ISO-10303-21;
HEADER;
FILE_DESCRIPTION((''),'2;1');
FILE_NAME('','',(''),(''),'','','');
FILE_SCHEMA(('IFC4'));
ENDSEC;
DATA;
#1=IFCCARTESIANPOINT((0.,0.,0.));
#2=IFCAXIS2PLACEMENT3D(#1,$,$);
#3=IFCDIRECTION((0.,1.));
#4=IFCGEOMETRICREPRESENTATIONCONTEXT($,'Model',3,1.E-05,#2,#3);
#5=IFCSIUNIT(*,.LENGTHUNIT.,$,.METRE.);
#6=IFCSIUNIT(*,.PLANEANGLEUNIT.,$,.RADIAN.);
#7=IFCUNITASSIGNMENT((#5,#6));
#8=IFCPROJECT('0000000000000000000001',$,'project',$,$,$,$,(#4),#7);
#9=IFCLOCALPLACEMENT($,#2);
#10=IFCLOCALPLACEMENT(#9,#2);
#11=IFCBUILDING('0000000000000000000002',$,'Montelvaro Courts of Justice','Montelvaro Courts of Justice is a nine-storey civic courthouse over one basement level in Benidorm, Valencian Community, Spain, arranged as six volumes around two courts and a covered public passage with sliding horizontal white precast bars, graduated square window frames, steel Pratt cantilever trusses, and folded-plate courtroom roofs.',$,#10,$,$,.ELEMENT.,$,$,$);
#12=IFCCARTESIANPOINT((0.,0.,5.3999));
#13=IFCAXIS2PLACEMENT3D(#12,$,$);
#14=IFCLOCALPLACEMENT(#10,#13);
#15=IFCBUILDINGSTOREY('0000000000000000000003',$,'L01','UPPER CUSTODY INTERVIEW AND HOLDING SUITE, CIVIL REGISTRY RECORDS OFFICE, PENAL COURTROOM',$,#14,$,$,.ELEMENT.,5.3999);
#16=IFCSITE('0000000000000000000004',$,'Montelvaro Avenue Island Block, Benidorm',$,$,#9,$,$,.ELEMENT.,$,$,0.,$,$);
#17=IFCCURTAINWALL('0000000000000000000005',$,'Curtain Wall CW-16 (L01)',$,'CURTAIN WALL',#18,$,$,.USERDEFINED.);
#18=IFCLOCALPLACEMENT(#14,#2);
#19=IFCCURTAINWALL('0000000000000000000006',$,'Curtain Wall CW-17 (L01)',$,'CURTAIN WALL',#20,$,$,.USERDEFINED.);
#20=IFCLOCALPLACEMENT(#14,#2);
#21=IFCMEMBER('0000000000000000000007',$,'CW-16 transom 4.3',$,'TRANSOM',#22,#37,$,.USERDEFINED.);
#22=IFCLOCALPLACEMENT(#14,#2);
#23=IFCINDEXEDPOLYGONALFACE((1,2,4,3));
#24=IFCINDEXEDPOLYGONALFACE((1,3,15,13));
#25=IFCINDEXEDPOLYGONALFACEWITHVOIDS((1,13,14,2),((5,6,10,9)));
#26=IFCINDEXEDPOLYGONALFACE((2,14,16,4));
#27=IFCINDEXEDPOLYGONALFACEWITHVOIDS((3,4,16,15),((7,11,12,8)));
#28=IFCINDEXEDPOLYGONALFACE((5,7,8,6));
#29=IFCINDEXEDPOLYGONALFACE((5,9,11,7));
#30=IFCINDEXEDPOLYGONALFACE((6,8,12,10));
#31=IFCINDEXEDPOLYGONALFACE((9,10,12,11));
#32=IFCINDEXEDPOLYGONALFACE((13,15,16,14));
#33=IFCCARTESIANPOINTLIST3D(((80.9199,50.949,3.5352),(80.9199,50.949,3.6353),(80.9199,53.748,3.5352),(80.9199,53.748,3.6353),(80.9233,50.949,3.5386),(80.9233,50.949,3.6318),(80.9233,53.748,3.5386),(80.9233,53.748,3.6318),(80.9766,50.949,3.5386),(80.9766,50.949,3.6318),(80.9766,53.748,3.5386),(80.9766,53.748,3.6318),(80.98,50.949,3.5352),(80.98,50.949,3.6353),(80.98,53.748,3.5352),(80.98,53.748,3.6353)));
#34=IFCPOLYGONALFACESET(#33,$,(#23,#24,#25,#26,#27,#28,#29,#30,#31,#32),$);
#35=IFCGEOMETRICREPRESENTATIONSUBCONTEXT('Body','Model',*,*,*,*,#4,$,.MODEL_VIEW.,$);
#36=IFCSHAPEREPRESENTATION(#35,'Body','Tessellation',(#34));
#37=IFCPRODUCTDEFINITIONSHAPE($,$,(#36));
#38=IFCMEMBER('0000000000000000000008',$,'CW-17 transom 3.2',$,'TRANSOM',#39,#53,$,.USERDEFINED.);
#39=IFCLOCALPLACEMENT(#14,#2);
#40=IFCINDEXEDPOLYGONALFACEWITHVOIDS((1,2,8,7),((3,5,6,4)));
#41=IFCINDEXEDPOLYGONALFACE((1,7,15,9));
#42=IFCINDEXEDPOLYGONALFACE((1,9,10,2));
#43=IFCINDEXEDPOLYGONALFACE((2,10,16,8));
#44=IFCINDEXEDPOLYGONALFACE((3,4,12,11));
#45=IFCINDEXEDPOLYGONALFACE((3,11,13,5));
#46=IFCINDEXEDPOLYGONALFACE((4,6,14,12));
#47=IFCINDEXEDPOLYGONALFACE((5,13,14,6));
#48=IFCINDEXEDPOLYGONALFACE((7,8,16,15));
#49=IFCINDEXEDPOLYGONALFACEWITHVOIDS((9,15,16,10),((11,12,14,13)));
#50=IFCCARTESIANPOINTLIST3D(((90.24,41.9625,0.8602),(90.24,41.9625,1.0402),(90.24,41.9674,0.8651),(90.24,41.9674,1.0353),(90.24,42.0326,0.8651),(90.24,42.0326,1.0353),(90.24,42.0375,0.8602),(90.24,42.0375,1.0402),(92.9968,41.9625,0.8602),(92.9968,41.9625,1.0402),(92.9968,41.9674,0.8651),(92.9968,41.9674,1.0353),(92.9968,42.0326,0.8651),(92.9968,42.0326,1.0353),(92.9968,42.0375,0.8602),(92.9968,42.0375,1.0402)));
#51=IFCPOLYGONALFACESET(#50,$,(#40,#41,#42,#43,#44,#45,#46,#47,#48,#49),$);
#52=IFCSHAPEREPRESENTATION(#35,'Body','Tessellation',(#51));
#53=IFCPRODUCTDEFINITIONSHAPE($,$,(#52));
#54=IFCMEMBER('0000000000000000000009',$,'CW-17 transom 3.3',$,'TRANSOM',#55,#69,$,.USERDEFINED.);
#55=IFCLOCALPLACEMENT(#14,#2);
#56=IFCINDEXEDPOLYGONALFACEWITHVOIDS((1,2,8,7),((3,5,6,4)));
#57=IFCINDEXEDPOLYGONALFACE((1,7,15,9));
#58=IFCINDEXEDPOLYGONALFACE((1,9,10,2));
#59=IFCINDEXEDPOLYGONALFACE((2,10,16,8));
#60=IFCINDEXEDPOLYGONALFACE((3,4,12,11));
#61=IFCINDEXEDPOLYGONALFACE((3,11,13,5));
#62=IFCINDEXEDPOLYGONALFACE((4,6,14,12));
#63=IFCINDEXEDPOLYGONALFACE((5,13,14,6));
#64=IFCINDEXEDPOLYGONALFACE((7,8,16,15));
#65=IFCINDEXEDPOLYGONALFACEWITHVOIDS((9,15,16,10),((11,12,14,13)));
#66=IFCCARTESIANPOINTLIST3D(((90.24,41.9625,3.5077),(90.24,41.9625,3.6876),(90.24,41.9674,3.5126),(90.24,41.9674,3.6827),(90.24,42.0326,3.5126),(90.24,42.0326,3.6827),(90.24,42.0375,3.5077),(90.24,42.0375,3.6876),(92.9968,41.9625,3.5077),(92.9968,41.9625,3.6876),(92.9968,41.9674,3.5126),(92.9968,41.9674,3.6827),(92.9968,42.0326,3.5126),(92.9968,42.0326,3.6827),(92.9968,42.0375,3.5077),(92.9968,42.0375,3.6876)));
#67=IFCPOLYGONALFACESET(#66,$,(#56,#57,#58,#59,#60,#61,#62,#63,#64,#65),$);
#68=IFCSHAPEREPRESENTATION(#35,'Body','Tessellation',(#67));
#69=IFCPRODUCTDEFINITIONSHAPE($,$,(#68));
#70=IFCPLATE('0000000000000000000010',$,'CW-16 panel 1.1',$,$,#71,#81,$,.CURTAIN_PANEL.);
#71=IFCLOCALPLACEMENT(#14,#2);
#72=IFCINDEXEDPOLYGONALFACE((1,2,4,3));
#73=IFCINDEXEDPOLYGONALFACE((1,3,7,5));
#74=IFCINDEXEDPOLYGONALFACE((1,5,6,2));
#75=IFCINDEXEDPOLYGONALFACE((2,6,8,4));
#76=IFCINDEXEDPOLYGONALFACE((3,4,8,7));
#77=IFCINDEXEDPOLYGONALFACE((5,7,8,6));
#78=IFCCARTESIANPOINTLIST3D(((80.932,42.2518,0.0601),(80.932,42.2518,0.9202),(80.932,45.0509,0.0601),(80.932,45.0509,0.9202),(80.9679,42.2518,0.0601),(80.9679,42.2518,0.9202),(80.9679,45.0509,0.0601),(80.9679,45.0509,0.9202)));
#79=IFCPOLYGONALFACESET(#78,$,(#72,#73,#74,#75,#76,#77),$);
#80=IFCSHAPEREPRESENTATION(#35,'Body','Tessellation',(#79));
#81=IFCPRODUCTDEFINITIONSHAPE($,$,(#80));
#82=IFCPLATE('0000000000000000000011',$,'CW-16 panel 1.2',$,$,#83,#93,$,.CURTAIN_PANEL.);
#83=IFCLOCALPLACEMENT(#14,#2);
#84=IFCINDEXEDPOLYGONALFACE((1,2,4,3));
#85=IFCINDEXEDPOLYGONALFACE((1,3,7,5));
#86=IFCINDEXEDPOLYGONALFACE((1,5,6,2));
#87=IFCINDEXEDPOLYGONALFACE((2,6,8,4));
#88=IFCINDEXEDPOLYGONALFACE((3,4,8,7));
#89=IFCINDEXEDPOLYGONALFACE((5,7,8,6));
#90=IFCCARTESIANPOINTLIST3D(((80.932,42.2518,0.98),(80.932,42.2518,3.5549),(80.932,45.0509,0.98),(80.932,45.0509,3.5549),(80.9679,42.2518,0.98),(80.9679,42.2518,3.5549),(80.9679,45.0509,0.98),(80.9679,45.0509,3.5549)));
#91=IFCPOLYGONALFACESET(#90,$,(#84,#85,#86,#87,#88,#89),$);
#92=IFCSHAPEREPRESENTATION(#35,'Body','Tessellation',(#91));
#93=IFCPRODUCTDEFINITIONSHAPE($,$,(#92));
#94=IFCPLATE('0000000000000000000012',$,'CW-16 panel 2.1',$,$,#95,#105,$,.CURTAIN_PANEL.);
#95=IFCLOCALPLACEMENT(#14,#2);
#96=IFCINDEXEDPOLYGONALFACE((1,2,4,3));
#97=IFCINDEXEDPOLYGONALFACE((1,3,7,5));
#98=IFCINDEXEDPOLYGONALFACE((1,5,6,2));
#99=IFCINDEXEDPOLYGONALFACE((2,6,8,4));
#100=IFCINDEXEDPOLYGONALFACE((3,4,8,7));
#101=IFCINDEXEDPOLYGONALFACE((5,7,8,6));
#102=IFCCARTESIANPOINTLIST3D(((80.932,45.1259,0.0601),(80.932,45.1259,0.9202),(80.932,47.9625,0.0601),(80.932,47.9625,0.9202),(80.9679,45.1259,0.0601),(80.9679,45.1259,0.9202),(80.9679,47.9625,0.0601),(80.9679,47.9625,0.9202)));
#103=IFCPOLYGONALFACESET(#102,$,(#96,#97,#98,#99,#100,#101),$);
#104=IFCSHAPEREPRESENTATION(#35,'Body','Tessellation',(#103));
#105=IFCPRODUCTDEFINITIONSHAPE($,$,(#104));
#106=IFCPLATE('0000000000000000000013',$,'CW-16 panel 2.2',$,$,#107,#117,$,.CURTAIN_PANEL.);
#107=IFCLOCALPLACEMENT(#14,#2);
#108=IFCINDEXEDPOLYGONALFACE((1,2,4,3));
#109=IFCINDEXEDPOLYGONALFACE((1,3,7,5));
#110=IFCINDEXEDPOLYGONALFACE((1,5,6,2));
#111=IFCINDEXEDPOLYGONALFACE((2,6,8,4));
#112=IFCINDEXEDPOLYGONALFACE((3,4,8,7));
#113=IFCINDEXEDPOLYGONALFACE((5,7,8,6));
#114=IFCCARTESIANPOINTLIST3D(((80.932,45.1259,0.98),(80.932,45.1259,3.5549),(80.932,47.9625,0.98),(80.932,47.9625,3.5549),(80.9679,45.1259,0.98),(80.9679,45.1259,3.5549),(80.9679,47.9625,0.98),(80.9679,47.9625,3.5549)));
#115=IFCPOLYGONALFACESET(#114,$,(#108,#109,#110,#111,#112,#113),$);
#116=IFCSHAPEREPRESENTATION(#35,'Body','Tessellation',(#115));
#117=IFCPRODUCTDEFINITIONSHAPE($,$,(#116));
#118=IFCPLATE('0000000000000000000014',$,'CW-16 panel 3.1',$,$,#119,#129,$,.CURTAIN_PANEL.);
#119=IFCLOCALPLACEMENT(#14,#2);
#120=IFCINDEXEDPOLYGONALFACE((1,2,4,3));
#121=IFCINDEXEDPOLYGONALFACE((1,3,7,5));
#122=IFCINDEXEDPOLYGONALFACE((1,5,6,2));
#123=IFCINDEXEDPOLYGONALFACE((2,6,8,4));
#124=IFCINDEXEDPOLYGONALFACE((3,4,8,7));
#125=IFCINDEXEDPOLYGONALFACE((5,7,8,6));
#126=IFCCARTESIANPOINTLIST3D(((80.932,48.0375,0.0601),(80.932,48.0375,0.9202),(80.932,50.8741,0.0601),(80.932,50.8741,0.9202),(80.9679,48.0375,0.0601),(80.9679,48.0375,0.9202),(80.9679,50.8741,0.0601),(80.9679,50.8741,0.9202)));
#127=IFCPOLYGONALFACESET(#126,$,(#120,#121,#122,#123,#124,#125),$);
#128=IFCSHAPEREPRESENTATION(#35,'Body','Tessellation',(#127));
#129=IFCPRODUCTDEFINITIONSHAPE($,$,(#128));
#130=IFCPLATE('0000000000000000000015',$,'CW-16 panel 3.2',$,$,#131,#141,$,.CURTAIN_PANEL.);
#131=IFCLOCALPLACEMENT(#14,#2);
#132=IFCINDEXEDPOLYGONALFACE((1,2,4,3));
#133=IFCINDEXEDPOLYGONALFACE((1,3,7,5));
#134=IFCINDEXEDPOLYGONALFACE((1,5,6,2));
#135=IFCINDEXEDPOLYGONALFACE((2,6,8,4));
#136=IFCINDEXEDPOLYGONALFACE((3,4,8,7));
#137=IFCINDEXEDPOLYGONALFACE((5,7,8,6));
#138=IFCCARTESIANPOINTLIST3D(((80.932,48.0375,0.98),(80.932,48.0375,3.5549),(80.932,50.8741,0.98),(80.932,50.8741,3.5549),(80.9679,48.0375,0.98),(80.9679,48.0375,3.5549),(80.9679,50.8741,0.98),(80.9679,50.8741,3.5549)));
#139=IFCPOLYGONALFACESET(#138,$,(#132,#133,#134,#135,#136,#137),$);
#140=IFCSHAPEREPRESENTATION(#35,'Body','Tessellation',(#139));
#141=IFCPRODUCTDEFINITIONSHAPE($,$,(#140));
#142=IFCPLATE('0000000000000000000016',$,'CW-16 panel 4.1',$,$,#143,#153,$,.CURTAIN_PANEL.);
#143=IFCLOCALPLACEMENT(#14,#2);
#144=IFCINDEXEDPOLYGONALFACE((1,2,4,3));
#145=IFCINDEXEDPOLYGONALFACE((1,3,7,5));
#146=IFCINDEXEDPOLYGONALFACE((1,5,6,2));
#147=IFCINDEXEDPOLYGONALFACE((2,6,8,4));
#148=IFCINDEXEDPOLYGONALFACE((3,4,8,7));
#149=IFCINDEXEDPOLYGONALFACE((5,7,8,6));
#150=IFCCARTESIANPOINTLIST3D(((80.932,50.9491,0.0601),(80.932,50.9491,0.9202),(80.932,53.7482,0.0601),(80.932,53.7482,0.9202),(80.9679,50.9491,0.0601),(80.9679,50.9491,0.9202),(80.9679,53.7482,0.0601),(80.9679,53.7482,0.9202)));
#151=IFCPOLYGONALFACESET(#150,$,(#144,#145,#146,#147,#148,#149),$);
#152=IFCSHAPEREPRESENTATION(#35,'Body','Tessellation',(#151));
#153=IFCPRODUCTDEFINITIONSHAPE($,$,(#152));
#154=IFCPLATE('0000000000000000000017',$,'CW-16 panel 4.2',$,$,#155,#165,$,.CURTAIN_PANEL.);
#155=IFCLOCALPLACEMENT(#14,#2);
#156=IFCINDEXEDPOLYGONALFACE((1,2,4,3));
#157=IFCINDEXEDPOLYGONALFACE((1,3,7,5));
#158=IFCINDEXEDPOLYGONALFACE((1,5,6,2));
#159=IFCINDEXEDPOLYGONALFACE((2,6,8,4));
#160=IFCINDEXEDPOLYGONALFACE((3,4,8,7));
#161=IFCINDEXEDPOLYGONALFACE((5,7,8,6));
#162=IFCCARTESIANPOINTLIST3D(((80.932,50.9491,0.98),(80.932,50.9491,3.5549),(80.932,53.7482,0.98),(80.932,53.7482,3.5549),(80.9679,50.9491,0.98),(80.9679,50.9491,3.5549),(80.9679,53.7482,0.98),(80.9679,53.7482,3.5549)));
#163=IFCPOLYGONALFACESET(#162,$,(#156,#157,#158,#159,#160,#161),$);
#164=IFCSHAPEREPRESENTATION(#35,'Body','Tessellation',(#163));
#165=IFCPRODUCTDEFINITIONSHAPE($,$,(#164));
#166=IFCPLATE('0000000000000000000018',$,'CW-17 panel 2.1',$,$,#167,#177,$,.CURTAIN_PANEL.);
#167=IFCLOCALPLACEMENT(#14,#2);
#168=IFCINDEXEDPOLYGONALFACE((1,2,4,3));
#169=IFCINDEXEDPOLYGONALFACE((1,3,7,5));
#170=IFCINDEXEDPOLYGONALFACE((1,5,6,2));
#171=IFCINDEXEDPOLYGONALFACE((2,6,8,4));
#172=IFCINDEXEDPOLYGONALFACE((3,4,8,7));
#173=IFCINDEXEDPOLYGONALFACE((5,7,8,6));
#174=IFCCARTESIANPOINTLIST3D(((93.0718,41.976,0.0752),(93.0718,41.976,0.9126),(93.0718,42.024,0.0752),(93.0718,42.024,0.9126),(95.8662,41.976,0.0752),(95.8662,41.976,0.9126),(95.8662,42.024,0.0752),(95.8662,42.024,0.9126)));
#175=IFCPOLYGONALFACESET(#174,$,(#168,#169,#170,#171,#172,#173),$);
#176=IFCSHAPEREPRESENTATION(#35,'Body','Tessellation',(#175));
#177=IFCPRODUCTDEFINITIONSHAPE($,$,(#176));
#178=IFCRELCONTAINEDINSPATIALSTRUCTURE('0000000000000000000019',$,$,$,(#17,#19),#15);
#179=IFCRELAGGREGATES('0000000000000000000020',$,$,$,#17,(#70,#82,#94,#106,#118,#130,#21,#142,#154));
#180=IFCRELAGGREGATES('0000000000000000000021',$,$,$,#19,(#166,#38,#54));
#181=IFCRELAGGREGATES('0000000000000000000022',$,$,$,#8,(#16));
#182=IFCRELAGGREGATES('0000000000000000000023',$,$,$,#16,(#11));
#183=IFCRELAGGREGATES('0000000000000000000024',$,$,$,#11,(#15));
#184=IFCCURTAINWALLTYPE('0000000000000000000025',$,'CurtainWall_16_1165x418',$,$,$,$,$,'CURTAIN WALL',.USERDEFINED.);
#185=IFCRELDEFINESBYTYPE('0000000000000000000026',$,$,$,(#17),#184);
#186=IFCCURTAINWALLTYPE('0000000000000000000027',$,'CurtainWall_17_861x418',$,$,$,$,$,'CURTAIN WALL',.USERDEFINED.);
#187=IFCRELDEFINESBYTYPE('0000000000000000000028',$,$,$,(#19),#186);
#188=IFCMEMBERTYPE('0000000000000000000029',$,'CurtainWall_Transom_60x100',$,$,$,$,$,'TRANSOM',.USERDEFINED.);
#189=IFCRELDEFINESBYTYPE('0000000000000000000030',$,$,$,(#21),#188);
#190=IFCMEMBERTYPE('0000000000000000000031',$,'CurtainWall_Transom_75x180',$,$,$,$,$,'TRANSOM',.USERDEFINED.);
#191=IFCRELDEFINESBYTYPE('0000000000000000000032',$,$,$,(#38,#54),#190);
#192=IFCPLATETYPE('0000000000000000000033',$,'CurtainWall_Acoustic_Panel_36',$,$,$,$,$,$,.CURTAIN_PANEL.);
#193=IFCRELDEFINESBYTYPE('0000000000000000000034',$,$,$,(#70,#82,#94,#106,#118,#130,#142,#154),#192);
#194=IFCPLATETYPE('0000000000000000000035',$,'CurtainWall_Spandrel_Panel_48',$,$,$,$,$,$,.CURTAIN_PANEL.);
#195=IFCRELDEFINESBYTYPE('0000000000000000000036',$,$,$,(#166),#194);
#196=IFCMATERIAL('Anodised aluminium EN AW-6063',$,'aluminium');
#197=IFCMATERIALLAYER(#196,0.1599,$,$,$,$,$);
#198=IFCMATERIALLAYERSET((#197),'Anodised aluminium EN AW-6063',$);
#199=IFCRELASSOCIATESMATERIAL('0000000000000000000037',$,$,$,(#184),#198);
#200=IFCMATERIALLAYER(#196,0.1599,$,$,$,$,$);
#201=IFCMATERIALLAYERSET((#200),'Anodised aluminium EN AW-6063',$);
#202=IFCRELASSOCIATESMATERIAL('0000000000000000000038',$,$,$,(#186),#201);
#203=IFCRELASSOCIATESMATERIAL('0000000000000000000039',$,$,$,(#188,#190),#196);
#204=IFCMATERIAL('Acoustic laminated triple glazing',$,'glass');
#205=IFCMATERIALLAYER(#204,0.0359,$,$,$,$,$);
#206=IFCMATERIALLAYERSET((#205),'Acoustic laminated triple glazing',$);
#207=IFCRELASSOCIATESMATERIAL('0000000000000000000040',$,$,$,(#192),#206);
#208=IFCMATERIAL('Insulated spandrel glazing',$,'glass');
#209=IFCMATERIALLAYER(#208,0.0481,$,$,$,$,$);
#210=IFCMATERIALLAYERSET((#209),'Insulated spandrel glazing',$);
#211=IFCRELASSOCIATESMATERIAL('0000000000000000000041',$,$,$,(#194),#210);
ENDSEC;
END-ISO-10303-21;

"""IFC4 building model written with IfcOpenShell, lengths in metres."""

from ifc_helpers import new_model, si_unit, direction, frame, origin, origin_2d, place, context, subcontext, project, spatial, rectangle, hollow_rectangle, extrude, material, layer, layer_set, material_profile, profile_set, type_object, element, aggregate, save


model = new_model("IFC4")

# Units and contexts
model_context = context("Model", 3, precision=1e-05, world=origin(), true_north=direction((0.0, 1.0)))
body_context = subcontext(model_context, "Body", "Model", "MODEL_VIEW")
ifc_project = project(units=[si_unit("LENGTHUNIT", "METRE"), si_unit("PLANEANGLEUNIT", "RADIAN")], contexts=[model_context])

# Site, building, storey
site_placement = place(None, origin())
site = spatial("IfcSite", under=ifc_project, at=site_placement, Name="Montelvaro Avenue Island Block, Benidorm", CompositionType="ELEMENT", RefElevation=0.0)
building_placement = place(site_placement, origin())
building = spatial("IfcBuilding", under=site, at=building_placement, Name="Montelvaro Courts of Justice", Description="Montelvaro Courts of Justice is a nine-storey civic courthouse over one basement level in Benidorm, Valencian Community, Spain, arranged as six volumes around two courts and a covered public passage with sliding horizontal white precast bars, graduated square window frames, steel Pratt cantilever trusses, and folded-plate courtroom roofs.", CompositionType="ELEMENT")
storey_placement = place(building_placement, frame((0.0, 0.0, 5.3999)))
storey = spatial("IfcBuildingStorey", under=building, at=storey_placement, Name="L01", Description="UPPER CUSTODY INTERVIEW AND HOLDING SUITE, CIVIL REGISTRY RECORDS OFFICE, PENAL COURTROOM", CompositionType="ELEMENT", Elevation=5.3999)

# Curtain wall
ifc_material_1 = material(Name="Anodised aluminium EN AW-6063", Category="aluminium")
ifc_layer_1 = layer(ifc_material_1, 0.1599)
ifc_layer_set_1 = layer_set([ifc_layer_1], Name="Anodised aluminium EN AW-6063")
curtain_wall_type_1 = type_object("IfcCurtainWallType", Name="CurtainWall_16_1165x418", ElementType="CURTAIN WALL", PredefinedType="USERDEFINED", material=ifc_layer_set_1)
curtain_wall_1_placement = place(storey_placement, origin())
curtain_wall_1 = element("IfcCurtainWall", 1, at=curtain_wall_1_placement, inside=storey, type_object=curtain_wall_type_1, Name="Curtain Wall CW-16 (L01)", ObjectType="CURTAIN WALL", PredefinedType="USERDEFINED")

# Curtain wall
ifc_layer_2 = layer(ifc_material_1, 0.1599)
ifc_layer_set_2 = layer_set([ifc_layer_2], Name="Anodised aluminium EN AW-6063")
curtain_wall_type_2 = type_object("IfcCurtainWallType", Name="CurtainWall_17_861x418", ElementType="CURTAIN WALL", PredefinedType="USERDEFINED", material=ifc_layer_set_2)
curtain_wall_2_placement = place(storey_placement, origin())
curtain_wall_2 = element("IfcCurtainWall", 2, at=curtain_wall_2_placement, inside=storey, type_object=curtain_wall_type_2, Name="Curtain Wall CW-17 (L01)", ObjectType="CURTAIN WALL", PredefinedType="USERDEFINED")

# Members
ifc_material_profile_1 = material_profile(ifc_material_1, hollow_rectangle(XDim=0.0601, YDim=0.1001, WallThickness=0.0034, at=origin_2d()), Name="ALU-T 60x100")
ifc_profile_set_1 = profile_set([ifc_material_profile_1], Name="Anodised aluminium EN AW-6063")
member_type_1 = type_object("IfcMemberType", Name="CurtainWall_Transom_60x100", ElementType="TRANSOM", PredefinedType="USERDEFINED", material=ifc_profile_set_1)
member_1_placement = place(storey_placement, frame((80.95, 50.949, 3.5852), z_axis=(0.0, 1.0, 0.0), x_axis=(-1.0, 0.0, 0.0)))
member_1 = element("IfcMember", 3, at=member_1_placement, type_object=member_type_1, Name="CW-16 transom 4.3", ObjectType="TRANSOM", PredefinedType="USERDEFINED", context=body_context, shape_type="SweptSolid", body=[
    extrude(hollow_rectangle(XDim=0.0601, YDim=0.1001, WallThickness=0.0034, at=origin_2d()), origin(), (0.0, 0.0, 1.0), 2.7991),
])
ifc_material_profile_2 = material_profile(ifc_material_1, hollow_rectangle(XDim=0.075, YDim=0.1799, WallThickness=0.0049, at=origin_2d()), Name="ALU-T 75x180")
ifc_profile_set_2 = profile_set([ifc_material_profile_2], Name="Anodised aluminium EN AW-6063")
member_type_2 = type_object("IfcMemberType", Name="CurtainWall_Transom_75x180", ElementType="TRANSOM", PredefinedType="USERDEFINED", material=ifc_profile_set_2)
member_2_placement = place(storey_placement, frame((92.9968, 42.0, 0.9502), z_axis=(-1.0, 0.0, 0.0), x_axis=(0.0, -1.0, 0.0)))
member_2 = element("IfcMember", 4, at=member_2_placement, type_object=member_type_2, Name="CW-17 transom 3.2", ObjectType="TRANSOM", PredefinedType="USERDEFINED", context=body_context, shape_type="SweptSolid", body=[
    extrude(hollow_rectangle(XDim=0.075, YDim=0.1799, WallThickness=0.0049, at=origin_2d()), origin(), (0.0, 0.0, 1.0), 2.7568),
])
member_3_placement = place(storey_placement, frame((92.9968, 42.0, 3.5977), z_axis=(-1.0, 0.0, 0.0), x_axis=(0.0, -1.0, 0.0)))
member_3 = element("IfcMember", 5, at=member_3_placement, type_object=member_type_2, Name="CW-17 transom 3.3", ObjectType="TRANSOM", PredefinedType="USERDEFINED", context=body_context, shape_type="SweptSolid", body=[
    extrude(hollow_rectangle(XDim=0.075, YDim=0.1799, WallThickness=0.0049, at=origin_2d()), origin(), (0.0, 0.0, 1.0), 2.7568),
])

# Plates
ifc_material_2 = material(Name="Acoustic laminated triple glazing", Category="glass")
ifc_layer_3 = layer(ifc_material_2, 0.0359)
ifc_layer_set_3 = layer_set([ifc_layer_3], Name="Acoustic laminated triple glazing")
plate_type_1 = type_object("IfcPlateType", Name="CurtainWall_Acoustic_Panel_36", PredefinedType="CURTAIN_PANEL", material=ifc_layer_set_3)
plate_1_placement = place(storey_placement, frame((80.95, 43.6514, 0.0601), z_axis=(0.0, 0.0, 1.0), x_axis=(0.0, 1.0, 0.0)))
plate_1 = element("IfcPlate", 6, at=plate_1_placement, type_object=plate_type_1, Name="CW-16 panel 1.1", PredefinedType="CURTAIN_PANEL", context=body_context, shape_type="SweptSolid", body=[
    extrude(rectangle(XDim=2.7991, YDim=0.0359, at=origin_2d()), origin(), (0.0, 0.0, 1.0), 0.8601),
])
plate_2_placement = place(storey_placement, frame((80.95, 43.6514, 0.98), z_axis=(0.0, 0.0, 1.0), x_axis=(0.0, 1.0, 0.0)))
plate_2 = element("IfcPlate", 7, at=plate_2_placement, type_object=plate_type_1, Name="CW-16 panel 1.2", PredefinedType="CURTAIN_PANEL", context=body_context, shape_type="SweptSolid", body=[
    extrude(rectangle(XDim=2.7991, YDim=0.0359, at=origin_2d()), origin(), (0.0, 0.0, 1.0), 2.575),
])
plate_3_placement = place(storey_placement, frame((80.95, 46.5442, 0.0601), z_axis=(0.0, 0.0, 1.0), x_axis=(0.0, 1.0, 0.0)))
plate_3 = element("IfcPlate", 8, at=plate_3_placement, type_object=plate_type_1, Name="CW-16 panel 2.1", PredefinedType="CURTAIN_PANEL", context=body_context, shape_type="SweptSolid", body=[
    extrude(rectangle(XDim=2.8367, YDim=0.0359, at=origin_2d()), origin(), (0.0, 0.0, 1.0), 0.8601),
])
plate_4_placement = place(storey_placement, frame((80.95, 46.5442, 0.98), z_axis=(0.0, 0.0, 1.0), x_axis=(0.0, 1.0, 0.0)))
plate_4 = element("IfcPlate", 9, at=plate_4_placement, type_object=plate_type_1, Name="CW-16 panel 2.2", PredefinedType="CURTAIN_PANEL", context=body_context, shape_type="SweptSolid", body=[
    extrude(rectangle(XDim=2.8367, YDim=0.0359, at=origin_2d()), origin(), (0.0, 0.0, 1.0), 2.575),
])
plate_5_placement = place(storey_placement, frame((80.95, 49.4558, 0.0601), z_axis=(0.0, 0.0, 1.0), x_axis=(0.0, 1.0, 0.0)))
plate_5 = element("IfcPlate", 10, at=plate_5_placement, type_object=plate_type_1, Name="CW-16 panel 3.1", PredefinedType="CURTAIN_PANEL", context=body_context, shape_type="SweptSolid", body=[
    extrude(rectangle(XDim=2.8367, YDim=0.0359, at=origin_2d()), origin(), (0.0, 0.0, 1.0), 0.8601),
])
plate_6_placement = place(storey_placement, frame((80.95, 49.4558, 0.98), z_axis=(0.0, 0.0, 1.0), x_axis=(0.0, 1.0, 0.0)))
plate_6 = element("IfcPlate", 11, at=plate_6_placement, type_object=plate_type_1, Name="CW-16 panel 3.2", PredefinedType="CURTAIN_PANEL", context=body_context, shape_type="SweptSolid", body=[
    extrude(rectangle(XDim=2.8367, YDim=0.0359, at=origin_2d()), origin(), (0.0, 0.0, 1.0), 2.575),
])
plate_7_placement = place(storey_placement, frame((80.95, 52.3486, 0.0601), z_axis=(0.0, 0.0, 1.0), x_axis=(0.0, 1.0, 0.0)))
plate_7 = element("IfcPlate", 12, at=plate_7_placement, type_object=plate_type_1, Name="CW-16 panel 4.1", PredefinedType="CURTAIN_PANEL", context=body_context, shape_type="SweptSolid", body=[
    extrude(rectangle(XDim=2.7991, YDim=0.0359, at=origin_2d()), origin(), (0.0, 0.0, 1.0), 0.8601),
])
plate_8_placement = place(storey_placement, frame((80.95, 52.3486, 0.98), z_axis=(0.0, 0.0, 1.0), x_axis=(0.0, 1.0, 0.0)))
plate_8 = element("IfcPlate", 13, at=plate_8_placement, type_object=plate_type_1, Name="CW-16 panel 4.2", PredefinedType="CURTAIN_PANEL", context=body_context, shape_type="SweptSolid", body=[
    extrude(rectangle(XDim=2.7991, YDim=0.0359, at=origin_2d()), origin(), (0.0, 0.0, 1.0), 2.575),
])
aggregate(curtain_wall_1, [plate_1, plate_2, plate_3, plate_4, plate_5, plate_6, member_1, plate_7, plate_8])
ifc_material_3 = material(Name="Insulated spandrel glazing", Category="glass")
ifc_layer_4 = layer(ifc_material_3, 0.0481)
ifc_layer_set_4 = layer_set([ifc_layer_4], Name="Insulated spandrel glazing")
plate_type_2 = type_object("IfcPlateType", Name="CurtainWall_Spandrel_Panel_48", PredefinedType="CURTAIN_PANEL", material=ifc_layer_set_4)
plate_9_placement = place(storey_placement, frame((94.469, 42.0, 0.0752), z_axis=(0.0, 0.0, 1.0), x_axis=(-1.0, 0.0, 0.0)))
plate_9 = element("IfcPlate", 14, at=plate_9_placement, type_object=plate_type_2, Name="CW-17 panel 2.1", PredefinedType="CURTAIN_PANEL", context=body_context, shape_type="SweptSolid", body=[
    extrude(rectangle(XDim=2.7944, YDim=0.0481, at=origin_2d()), origin(), (0.0, 0.0, 1.0), 0.8374),
])
aggregate(curtain_wall_2, [plate_9, member_2, member_3])

save(model, "model.ifc")
